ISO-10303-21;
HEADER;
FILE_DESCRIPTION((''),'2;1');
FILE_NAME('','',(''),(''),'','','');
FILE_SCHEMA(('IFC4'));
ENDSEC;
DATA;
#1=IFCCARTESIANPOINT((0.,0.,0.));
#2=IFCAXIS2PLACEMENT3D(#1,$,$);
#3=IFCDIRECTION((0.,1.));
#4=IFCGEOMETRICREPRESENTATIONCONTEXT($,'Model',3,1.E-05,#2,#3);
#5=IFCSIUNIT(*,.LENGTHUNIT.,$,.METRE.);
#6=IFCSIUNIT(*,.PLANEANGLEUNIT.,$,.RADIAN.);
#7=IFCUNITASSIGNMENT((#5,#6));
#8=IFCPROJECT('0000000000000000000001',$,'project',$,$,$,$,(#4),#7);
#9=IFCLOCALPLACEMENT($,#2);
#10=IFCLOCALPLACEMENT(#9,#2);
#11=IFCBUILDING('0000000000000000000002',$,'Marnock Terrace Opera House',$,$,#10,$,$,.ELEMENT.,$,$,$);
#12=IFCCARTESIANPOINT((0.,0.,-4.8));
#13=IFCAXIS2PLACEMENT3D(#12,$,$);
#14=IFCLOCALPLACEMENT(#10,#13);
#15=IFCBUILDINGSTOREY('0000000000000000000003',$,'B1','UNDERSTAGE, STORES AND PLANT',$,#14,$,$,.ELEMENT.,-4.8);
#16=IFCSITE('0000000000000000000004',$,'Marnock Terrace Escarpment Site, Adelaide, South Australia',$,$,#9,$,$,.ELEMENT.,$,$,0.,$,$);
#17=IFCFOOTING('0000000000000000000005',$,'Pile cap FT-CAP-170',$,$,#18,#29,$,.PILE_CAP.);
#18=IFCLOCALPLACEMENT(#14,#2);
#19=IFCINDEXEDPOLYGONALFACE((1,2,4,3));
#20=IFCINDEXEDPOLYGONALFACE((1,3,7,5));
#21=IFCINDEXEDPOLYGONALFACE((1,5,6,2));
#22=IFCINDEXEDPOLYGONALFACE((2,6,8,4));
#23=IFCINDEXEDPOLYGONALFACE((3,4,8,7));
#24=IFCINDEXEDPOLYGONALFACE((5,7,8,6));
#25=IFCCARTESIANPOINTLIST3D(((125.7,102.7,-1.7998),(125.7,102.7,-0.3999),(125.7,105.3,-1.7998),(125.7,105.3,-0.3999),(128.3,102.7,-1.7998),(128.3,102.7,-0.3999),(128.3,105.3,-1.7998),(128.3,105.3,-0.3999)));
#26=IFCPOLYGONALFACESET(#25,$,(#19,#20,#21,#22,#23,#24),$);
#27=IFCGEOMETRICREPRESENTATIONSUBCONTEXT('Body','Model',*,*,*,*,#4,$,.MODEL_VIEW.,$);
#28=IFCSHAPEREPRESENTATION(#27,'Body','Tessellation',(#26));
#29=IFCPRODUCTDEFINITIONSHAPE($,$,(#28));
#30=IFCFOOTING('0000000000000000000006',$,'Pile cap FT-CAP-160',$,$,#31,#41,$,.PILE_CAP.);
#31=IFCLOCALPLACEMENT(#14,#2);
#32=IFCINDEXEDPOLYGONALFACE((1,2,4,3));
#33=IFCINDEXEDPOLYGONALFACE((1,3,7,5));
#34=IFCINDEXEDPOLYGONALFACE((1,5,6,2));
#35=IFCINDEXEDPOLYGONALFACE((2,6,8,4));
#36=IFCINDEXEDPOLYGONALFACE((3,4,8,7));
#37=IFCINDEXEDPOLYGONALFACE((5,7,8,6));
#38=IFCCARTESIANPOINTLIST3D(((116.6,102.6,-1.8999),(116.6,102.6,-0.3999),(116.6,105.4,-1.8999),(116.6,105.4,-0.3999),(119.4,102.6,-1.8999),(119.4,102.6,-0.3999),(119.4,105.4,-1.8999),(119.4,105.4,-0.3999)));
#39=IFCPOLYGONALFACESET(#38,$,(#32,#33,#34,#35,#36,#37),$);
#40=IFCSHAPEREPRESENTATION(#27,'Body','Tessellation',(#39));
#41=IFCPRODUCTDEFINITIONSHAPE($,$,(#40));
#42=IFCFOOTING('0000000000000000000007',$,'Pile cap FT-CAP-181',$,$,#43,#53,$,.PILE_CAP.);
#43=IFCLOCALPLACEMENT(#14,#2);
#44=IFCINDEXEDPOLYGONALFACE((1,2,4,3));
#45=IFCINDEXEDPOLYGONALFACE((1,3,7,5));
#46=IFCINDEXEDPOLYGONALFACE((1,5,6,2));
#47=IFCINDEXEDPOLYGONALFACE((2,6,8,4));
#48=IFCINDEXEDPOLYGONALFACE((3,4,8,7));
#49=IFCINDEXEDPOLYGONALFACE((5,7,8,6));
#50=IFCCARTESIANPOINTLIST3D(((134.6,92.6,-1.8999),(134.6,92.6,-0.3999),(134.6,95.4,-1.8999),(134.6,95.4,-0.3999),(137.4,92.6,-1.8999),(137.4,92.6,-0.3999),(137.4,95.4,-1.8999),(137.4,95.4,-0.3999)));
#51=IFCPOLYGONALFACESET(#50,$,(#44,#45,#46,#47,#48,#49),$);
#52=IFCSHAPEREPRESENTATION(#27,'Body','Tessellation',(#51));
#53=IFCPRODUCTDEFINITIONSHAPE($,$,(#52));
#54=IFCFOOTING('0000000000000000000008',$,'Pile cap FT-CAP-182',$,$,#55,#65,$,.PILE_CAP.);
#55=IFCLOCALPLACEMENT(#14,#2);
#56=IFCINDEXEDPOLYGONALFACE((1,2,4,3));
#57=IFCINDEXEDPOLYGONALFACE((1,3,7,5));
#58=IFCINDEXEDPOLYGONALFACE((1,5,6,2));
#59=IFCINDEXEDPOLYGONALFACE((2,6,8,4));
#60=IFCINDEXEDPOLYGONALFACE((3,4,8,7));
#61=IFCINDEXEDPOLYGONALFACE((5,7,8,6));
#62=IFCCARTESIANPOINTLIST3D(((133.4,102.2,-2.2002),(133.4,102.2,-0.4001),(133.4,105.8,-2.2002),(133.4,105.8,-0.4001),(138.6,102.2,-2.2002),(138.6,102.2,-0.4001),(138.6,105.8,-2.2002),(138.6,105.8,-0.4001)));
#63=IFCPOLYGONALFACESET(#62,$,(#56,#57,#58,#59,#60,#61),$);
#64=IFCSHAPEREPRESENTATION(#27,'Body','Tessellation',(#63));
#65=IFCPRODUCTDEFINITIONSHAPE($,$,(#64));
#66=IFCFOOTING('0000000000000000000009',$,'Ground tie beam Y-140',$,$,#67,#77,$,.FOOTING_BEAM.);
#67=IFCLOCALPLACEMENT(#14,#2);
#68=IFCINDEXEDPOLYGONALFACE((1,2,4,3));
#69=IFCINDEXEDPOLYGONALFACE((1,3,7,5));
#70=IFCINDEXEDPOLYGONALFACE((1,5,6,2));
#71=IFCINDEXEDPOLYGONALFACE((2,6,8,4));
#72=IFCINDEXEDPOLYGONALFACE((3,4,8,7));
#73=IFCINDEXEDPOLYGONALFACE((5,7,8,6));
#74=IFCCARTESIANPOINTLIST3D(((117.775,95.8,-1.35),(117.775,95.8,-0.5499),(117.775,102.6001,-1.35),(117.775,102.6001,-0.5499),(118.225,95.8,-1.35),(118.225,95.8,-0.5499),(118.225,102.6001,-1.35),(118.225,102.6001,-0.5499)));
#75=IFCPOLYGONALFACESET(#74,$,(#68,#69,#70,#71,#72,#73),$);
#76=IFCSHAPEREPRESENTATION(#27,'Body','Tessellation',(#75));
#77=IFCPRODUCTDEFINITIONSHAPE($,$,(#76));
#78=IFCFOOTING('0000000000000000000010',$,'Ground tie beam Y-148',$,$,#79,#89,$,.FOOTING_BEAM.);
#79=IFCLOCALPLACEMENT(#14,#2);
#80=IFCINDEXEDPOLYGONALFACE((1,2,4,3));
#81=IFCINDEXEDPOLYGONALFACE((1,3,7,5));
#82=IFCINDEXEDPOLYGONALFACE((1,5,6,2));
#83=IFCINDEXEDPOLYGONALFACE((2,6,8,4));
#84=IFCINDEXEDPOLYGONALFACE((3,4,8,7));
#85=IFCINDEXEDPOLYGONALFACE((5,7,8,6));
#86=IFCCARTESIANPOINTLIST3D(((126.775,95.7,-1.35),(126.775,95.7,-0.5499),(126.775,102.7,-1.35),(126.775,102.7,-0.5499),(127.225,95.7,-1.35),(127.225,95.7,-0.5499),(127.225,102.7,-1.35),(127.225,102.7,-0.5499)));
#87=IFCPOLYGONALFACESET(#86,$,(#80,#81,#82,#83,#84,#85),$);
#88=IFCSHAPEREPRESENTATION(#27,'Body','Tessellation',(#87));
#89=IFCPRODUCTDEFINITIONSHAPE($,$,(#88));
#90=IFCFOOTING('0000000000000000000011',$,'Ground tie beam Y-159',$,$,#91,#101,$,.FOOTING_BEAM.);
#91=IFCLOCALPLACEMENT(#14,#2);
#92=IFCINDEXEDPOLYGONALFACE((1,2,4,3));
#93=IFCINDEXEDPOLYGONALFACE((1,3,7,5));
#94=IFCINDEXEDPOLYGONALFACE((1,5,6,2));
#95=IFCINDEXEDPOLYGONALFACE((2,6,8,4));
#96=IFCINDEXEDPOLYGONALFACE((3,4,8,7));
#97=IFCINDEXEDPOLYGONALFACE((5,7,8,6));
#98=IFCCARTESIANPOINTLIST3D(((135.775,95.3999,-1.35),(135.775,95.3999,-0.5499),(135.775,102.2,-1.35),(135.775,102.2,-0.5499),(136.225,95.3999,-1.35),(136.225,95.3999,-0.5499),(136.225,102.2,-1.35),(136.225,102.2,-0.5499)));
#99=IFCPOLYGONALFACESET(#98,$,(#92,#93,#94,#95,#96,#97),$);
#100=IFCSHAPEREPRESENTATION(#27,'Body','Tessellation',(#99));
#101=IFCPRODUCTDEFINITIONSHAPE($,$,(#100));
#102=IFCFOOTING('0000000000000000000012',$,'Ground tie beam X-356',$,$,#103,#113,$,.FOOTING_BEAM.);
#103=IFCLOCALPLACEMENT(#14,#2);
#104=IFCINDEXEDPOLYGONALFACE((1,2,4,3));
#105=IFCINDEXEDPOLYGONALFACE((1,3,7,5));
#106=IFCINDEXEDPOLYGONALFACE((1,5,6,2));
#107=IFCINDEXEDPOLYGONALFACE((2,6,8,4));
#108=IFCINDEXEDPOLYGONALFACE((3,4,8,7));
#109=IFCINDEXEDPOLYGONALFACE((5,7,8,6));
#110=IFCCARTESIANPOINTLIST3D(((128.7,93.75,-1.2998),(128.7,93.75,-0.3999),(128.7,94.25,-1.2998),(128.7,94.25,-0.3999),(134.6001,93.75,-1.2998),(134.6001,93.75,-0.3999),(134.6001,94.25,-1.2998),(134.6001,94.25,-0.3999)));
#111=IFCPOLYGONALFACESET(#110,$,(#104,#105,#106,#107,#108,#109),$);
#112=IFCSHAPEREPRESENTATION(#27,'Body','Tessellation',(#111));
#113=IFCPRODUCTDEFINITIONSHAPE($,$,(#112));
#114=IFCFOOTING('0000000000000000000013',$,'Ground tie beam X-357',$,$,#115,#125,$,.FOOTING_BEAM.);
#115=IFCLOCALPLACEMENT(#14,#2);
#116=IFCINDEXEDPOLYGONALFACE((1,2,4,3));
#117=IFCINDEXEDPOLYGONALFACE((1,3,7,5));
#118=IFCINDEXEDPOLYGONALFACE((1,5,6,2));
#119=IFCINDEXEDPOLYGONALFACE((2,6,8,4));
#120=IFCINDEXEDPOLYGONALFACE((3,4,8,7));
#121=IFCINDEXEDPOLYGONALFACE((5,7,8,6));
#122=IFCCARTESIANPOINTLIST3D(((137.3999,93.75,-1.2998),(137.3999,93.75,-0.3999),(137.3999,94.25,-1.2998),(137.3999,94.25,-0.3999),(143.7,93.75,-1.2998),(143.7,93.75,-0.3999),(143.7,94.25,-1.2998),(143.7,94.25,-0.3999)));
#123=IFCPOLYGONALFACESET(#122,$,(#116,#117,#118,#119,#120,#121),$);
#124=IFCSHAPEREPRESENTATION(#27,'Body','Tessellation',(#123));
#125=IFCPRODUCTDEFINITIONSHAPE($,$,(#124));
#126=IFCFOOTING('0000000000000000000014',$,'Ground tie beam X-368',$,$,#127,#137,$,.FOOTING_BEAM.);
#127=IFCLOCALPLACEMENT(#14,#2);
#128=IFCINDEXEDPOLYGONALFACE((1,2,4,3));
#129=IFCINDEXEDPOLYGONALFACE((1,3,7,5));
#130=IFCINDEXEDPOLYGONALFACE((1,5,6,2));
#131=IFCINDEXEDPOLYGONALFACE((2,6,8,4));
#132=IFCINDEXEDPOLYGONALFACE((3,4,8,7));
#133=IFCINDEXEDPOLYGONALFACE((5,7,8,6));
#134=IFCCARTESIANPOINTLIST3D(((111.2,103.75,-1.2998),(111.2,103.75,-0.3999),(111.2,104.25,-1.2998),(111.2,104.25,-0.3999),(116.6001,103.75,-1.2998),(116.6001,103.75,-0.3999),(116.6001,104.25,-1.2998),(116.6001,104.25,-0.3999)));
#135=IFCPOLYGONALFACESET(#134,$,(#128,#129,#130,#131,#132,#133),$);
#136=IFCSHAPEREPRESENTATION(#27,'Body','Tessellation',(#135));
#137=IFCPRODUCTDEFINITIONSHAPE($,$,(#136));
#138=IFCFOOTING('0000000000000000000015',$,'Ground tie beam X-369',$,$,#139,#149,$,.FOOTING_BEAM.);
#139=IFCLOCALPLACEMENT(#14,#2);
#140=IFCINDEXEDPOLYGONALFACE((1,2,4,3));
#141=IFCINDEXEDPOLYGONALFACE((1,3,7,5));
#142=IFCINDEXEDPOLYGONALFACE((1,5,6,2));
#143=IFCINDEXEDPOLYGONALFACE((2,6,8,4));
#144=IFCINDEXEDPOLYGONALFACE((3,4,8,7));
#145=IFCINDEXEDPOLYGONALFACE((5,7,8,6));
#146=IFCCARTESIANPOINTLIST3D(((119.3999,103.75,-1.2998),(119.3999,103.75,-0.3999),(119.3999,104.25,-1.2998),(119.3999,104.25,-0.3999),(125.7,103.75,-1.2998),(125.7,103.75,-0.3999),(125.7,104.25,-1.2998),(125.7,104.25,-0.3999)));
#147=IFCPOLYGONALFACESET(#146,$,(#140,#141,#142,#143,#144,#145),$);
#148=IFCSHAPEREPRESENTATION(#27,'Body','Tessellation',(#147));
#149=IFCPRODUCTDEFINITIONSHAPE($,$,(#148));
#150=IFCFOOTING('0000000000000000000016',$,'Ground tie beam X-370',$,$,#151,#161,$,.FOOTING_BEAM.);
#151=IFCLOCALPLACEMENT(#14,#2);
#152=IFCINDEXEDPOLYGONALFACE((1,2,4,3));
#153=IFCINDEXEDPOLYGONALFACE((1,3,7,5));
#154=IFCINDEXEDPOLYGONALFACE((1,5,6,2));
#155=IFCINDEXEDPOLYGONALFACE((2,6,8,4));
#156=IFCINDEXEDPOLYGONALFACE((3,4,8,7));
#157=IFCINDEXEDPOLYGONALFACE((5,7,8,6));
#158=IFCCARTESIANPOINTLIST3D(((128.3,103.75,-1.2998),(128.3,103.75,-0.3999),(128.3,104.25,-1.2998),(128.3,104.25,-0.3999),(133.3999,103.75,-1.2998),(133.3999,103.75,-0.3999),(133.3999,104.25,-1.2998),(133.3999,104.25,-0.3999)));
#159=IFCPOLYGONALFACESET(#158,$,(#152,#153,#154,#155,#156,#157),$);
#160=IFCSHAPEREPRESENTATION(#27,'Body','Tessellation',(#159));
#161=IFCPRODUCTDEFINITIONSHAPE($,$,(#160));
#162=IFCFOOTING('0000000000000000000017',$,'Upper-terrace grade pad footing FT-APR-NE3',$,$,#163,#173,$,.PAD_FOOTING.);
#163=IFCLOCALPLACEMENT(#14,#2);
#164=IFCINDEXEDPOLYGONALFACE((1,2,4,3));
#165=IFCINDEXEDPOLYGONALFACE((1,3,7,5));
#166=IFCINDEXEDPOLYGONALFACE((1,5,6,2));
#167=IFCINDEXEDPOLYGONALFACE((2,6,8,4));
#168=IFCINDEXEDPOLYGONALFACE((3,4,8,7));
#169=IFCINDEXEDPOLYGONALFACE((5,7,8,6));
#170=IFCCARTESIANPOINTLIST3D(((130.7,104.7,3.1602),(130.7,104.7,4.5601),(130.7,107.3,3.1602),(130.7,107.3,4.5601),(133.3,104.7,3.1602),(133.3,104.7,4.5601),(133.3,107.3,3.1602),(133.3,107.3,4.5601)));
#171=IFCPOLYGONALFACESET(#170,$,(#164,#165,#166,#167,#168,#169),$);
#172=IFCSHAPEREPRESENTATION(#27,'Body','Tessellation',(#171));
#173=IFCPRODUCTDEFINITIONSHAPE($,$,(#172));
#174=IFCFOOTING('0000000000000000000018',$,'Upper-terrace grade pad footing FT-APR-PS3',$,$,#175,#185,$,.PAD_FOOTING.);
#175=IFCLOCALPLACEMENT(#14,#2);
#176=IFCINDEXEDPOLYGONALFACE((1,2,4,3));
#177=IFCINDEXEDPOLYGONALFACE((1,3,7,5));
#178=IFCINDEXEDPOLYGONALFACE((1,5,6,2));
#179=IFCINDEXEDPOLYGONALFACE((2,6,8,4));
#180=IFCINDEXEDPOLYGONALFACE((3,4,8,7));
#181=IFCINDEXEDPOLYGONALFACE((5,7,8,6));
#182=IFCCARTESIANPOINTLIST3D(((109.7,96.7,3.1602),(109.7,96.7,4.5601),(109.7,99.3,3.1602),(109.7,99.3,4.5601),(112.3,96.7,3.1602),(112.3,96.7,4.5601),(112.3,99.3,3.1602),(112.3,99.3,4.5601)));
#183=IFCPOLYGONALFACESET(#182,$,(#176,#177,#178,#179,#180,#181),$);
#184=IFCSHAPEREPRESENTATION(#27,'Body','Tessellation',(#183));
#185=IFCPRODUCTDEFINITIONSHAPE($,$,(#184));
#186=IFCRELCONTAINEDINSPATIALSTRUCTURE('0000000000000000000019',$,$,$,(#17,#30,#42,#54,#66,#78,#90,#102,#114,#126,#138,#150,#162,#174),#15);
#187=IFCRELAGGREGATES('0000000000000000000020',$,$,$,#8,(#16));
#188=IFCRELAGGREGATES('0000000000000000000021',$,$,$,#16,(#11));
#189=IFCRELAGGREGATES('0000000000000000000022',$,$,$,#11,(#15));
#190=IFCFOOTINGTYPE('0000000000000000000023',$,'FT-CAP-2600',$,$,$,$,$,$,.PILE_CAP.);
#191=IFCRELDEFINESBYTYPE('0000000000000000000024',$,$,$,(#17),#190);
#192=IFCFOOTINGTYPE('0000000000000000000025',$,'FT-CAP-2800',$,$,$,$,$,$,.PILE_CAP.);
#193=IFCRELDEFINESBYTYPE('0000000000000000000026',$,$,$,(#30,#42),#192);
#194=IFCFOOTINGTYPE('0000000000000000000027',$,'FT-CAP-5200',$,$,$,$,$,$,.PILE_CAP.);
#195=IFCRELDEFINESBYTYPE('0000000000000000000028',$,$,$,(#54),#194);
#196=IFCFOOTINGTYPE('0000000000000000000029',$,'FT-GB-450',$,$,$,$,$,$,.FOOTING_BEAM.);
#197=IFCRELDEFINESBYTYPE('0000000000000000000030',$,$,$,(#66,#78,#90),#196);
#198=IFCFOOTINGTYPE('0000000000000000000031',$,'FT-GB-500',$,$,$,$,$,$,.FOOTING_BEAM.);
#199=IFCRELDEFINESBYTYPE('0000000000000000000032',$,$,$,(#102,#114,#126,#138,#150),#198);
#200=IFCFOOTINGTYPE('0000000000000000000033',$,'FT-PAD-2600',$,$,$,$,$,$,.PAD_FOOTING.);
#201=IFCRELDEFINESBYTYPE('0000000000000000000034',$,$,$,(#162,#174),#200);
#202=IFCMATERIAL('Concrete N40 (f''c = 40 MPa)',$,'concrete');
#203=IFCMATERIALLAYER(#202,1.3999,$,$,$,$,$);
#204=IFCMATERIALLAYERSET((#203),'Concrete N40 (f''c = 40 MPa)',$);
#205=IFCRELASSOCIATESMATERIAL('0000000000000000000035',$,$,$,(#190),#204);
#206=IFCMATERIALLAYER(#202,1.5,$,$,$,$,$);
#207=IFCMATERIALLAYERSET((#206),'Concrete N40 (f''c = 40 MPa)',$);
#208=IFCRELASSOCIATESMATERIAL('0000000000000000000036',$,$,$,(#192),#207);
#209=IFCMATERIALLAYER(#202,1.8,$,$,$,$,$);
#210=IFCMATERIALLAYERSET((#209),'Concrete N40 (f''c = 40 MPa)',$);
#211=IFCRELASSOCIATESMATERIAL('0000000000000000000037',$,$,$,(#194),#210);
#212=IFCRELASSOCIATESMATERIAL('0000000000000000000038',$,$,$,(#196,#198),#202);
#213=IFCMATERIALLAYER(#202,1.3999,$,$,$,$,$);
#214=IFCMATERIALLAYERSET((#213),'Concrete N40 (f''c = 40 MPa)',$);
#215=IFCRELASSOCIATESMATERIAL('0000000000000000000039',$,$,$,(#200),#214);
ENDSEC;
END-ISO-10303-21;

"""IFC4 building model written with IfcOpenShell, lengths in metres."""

from ifc_helpers import new_model, si_unit, direction, frame, origin, origin_2d, place, context, subcontext, project, spatial, rectangle, extrude, material, layer, layer_set, material_profile, profile_set, type_object, element, save


model = new_model("IFC4")

# Units and contexts
model_context = context("Model", 3, precision=1e-05, world=origin(), true_north=direction((0.0, 1.0)))
body_context = subcontext(model_context, "Body", "Model", "MODEL_VIEW")
ifc_project = project(units=[si_unit("LENGTHUNIT", "METRE"), si_unit("PLANEANGLEUNIT", "RADIAN")], contexts=[model_context])

# Site, building, storey
site_placement = place(None, origin())
site = spatial("IfcSite", under=ifc_project, at=site_placement, Name="Marnock Terrace Escarpment Site, Adelaide, South Australia", CompositionType="ELEMENT", RefElevation=0.0)
building_placement = place(site_placement, origin())
building = spatial("IfcBuilding", under=site, at=building_placement, Name="Marnock Terrace Opera House", CompositionType="ELEMENT")
storey_placement = place(building_placement, frame((0.0, 0.0, -4.8)))
storey = spatial("IfcBuildingStorey", under=building, at=storey_placement, Name="B1", Description="UNDERSTAGE, STORES AND PLANT", CompositionType="ELEMENT", Elevation=-4.8)

# Footings
ifc_material_1 = material(Name="Concrete N40 (f'c = 40 MPa)", Category="concrete")
ifc_layer_1 = layer(ifc_material_1, 1.3999)
ifc_layer_set_1 = layer_set([ifc_layer_1], Name="Concrete N40 (f'c = 40 MPa)")
footing_type_1 = type_object("IfcFootingType", Name="FT-CAP-2600", PredefinedType="PILE_CAP", material=ifc_layer_set_1)
footing_1_placement = place(storey_placement, frame((127.0, 104.0, -1.7998), z_axis=(0.0, 0.0, 1.0), x_axis=(1.0, 0.0, 0.0)))
element("IfcFooting", 1, at=footing_1_placement, inside=storey, type_object=footing_type_1, Name="Pile cap FT-CAP-170", PredefinedType="PILE_CAP", context=body_context, shape_type="SweptSolid", body=[
    extrude(rectangle(XDim=2.6001, YDim=2.6001, at=origin_2d()), origin(), (0.0, 0.0, 1.0), 1.3999),
])
ifc_layer_2 = layer(ifc_material_1, 1.5)
ifc_layer_set_2 = layer_set([ifc_layer_2], Name="Concrete N40 (f'c = 40 MPa)")
footing_type_2 = type_object("IfcFootingType", Name="FT-CAP-2800", PredefinedType="PILE_CAP", material=ifc_layer_set_2)
for number, where, z_axis, x_axis, name in (
    (2, (118.0, 104.0, -1.8999), (0.0, 0.0, 1.0), (1.0, 0.0, 0.0), "Pile cap FT-CAP-160"),
    (3, (136.0, 94.0, -1.8999), (0.0, 0.0, 1.0), (1.0, 0.0, 0.0), "Pile cap FT-CAP-181"),
):
    element("IfcFooting", number, at=place(storey_placement, frame(where, z_axis=z_axis, x_axis=x_axis)), inside=storey, type_object=footing_type_2, Name=name, PredefinedType="PILE_CAP", context=body_context, shape_type="SweptSolid", body=[
        extrude(rectangle(XDim=2.8, YDim=2.8, at=origin_2d()), origin(), (0.0, 0.0, 1.0), 1.5),
    ])
ifc_layer_3 = layer(ifc_material_1, 1.8)
ifc_layer_set_3 = layer_set([ifc_layer_3], Name="Concrete N40 (f'c = 40 MPa)")
footing_type_3 = type_object("IfcFootingType", Name="FT-CAP-5200", PredefinedType="PILE_CAP", material=ifc_layer_set_3)
footing_2_placement = place(storey_placement, frame((136.0, 104.0, -2.2002), z_axis=(0.0, 0.0, 1.0), x_axis=(1.0, 0.0, 0.0)))
element("IfcFooting", 4, at=footing_2_placement, inside=storey, type_object=footing_type_3, Name="Pile cap FT-CAP-182", PredefinedType="PILE_CAP", context=body_context, shape_type="SweptSolid", body=[
    extrude(rectangle(XDim=5.2, YDim=3.6001, at=origin_2d()), origin(), (0.0, 0.0, 1.0), 1.8),
])
ifc_material_profile_1 = material_profile(ifc_material_1, rectangle(XDim=0.45, YDim=0.8, at=origin_2d()))
ifc_profile_set_1 = profile_set([ifc_material_profile_1], Name="Concrete N40 (f'c = 40 MPa)")
footing_type_4 = type_object("IfcFootingType", Name="FT-GB-450", PredefinedType="FOOTING_BEAM", material=ifc_profile_set_1)
footing_3_placement = place(storey_placement, frame((118.0, 95.8, -0.95), z_axis=(0.0, 1.0, 0.0), x_axis=(-1.0, 0.0, 0.0)))
element("IfcFooting", 5, at=footing_3_placement, inside=storey, type_object=footing_type_4, Name="Ground tie beam Y-140", PredefinedType="FOOTING_BEAM", context=body_context, shape_type="SweptSolid", body=[
    extrude(rectangle(XDim=0.45, YDim=0.8, at=origin_2d()), origin(), (0.0, 0.0, 1.0), 6.8),
])
footing_4_placement = place(storey_placement, frame((127.0, 95.7, -0.95), z_axis=(0.0, 1.0, 0.0), x_axis=(-1.0, 0.0, 0.0)))
element("IfcFooting", 6, at=footing_4_placement, inside=storey, type_object=footing_type_4, Name="Ground tie beam Y-148", PredefinedType="FOOTING_BEAM", context=body_context, shape_type="SweptSolid", body=[
    extrude(rectangle(XDim=0.45, YDim=0.8, at=origin_2d()), origin(), (0.0, 0.0, 1.0), 7.0),
])
footing_5_placement = place(storey_placement, frame((136.0, 95.3999, -0.95), z_axis=(0.0, 1.0, 0.0), x_axis=(-1.0, 0.0, 0.0)))
element("IfcFooting", 7, at=footing_5_placement, inside=storey, type_object=footing_type_4, Name="Ground tie beam Y-159", PredefinedType="FOOTING_BEAM", context=body_context, shape_type="SweptSolid", body=[
    extrude(rectangle(XDim=0.45, YDim=0.8, at=origin_2d()), origin(), (0.0, 0.0, 1.0), 6.8),
])
ifc_material_profile_2 = material_profile(ifc_material_1, rectangle(XDim=0.5, YDim=0.8999, at=origin_2d()))
ifc_profile_set_2 = profile_set([ifc_material_profile_2], Name="Concrete N40 (f'c = 40 MPa)")
footing_type_5 = type_object("IfcFootingType", Name="FT-GB-500", PredefinedType="FOOTING_BEAM", material=ifc_profile_set_2)
footing_6_placement = place(storey_placement, frame((128.7, 94.0, -0.8499), z_axis=(1.0, 0.0, 0.0), x_axis=(0.0, 1.0, 0.0)))
element("IfcFooting", 8, at=footing_6_placement, inside=storey, type_object=footing_type_5, Name="Ground tie beam X-356", PredefinedType="FOOTING_BEAM", context=body_context, shape_type="SweptSolid", body=[
    extrude(rectangle(XDim=0.5, YDim=0.8999, at=origin_2d()), origin(), (0.0, 0.0, 1.0), 5.9001),
])
footing_7_placement = place(storey_placement, frame((137.3999, 94.0, -0.8499), z_axis=(1.0, 0.0, 0.0), x_axis=(0.0, 1.0, 0.0)))
element("IfcFooting", 9, at=footing_7_placement, inside=storey, type_object=footing_type_5, Name="Ground tie beam X-357", PredefinedType="FOOTING_BEAM", context=body_context, shape_type="SweptSolid", body=[
    extrude(rectangle(XDim=0.5, YDim=0.8999, at=origin_2d()), origin(), (0.0, 0.0, 1.0), 6.3),
])
footing_8_placement = place(storey_placement, frame((111.2, 104.0, -0.8499), z_axis=(1.0, 0.0, 0.0), x_axis=(0.0, 1.0, 0.0)))
element("IfcFooting", 10, at=footing_8_placement, inside=storey, type_object=footing_type_5, Name="Ground tie beam X-368", PredefinedType="FOOTING_BEAM", context=body_context, shape_type="SweptSolid", body=[
    extrude(rectangle(XDim=0.5, YDim=0.8999, at=origin_2d()), origin(), (0.0, 0.0, 1.0), 5.4001),
])
footing_9_placement = place(storey_placement, frame((119.3999, 104.0, -0.8499), z_axis=(1.0, 0.0, 0.0), x_axis=(0.0, 1.0, 0.0)))
element("IfcFooting", 11, at=footing_9_placement, inside=storey, type_object=footing_type_5, Name="Ground tie beam X-369", PredefinedType="FOOTING_BEAM", context=body_context, shape_type="SweptSolid", body=[
    extrude(rectangle(XDim=0.5, YDim=0.8999, at=origin_2d()), origin(), (0.0, 0.0, 1.0), 6.3),
])
footing_10_placement = place(storey_placement, frame((128.3, 104.0, -0.8499), z_axis=(1.0, 0.0, 0.0), x_axis=(0.0, 1.0, 0.0)))
element("IfcFooting", 12, at=footing_10_placement, inside=storey, type_object=footing_type_5, Name="Ground tie beam X-370", PredefinedType="FOOTING_BEAM", context=body_context, shape_type="SweptSolid", body=[
    extrude(rectangle(XDim=0.5, YDim=0.8999, at=origin_2d()), origin(), (0.0, 0.0, 1.0), 5.0999),
])
ifc_layer_4 = layer(ifc_material_1, 1.3999)
ifc_layer_set_4 = layer_set([ifc_layer_4], Name="Concrete N40 (f'c = 40 MPa)")
footing_type_6 = type_object("IfcFootingType", Name="FT-PAD-2600", PredefinedType="PAD_FOOTING", material=ifc_layer_set_4)
for number, where, z_axis, x_axis, name in (
    (13, (132.0, 106.0, 3.1602), (0.0, 0.0, 1.0), (1.0, 0.0, 0.0), "Upper-terrace grade pad footing FT-APR-NE3"),
    (14, (111.0, 98.0, 3.1602), (0.0, 0.0, 1.0), (1.0, 0.0, 0.0), "Upper-terrace grade pad footing FT-APR-PS3"),
):
    element("IfcFooting", number, at=place(storey_placement, frame(where, z_axis=z_axis, x_axis=x_axis)), inside=storey, type_object=footing_type_6, Name=name, PredefinedType="PAD_FOOTING", context=body_context, shape_type="SweptSolid", body=[
        extrude(rectangle(XDim=2.6001, YDim=2.6001, at=origin_2d()), origin(), (0.0, 0.0, 1.0), 1.3999),
    ])

save(model, "model.ifc")
